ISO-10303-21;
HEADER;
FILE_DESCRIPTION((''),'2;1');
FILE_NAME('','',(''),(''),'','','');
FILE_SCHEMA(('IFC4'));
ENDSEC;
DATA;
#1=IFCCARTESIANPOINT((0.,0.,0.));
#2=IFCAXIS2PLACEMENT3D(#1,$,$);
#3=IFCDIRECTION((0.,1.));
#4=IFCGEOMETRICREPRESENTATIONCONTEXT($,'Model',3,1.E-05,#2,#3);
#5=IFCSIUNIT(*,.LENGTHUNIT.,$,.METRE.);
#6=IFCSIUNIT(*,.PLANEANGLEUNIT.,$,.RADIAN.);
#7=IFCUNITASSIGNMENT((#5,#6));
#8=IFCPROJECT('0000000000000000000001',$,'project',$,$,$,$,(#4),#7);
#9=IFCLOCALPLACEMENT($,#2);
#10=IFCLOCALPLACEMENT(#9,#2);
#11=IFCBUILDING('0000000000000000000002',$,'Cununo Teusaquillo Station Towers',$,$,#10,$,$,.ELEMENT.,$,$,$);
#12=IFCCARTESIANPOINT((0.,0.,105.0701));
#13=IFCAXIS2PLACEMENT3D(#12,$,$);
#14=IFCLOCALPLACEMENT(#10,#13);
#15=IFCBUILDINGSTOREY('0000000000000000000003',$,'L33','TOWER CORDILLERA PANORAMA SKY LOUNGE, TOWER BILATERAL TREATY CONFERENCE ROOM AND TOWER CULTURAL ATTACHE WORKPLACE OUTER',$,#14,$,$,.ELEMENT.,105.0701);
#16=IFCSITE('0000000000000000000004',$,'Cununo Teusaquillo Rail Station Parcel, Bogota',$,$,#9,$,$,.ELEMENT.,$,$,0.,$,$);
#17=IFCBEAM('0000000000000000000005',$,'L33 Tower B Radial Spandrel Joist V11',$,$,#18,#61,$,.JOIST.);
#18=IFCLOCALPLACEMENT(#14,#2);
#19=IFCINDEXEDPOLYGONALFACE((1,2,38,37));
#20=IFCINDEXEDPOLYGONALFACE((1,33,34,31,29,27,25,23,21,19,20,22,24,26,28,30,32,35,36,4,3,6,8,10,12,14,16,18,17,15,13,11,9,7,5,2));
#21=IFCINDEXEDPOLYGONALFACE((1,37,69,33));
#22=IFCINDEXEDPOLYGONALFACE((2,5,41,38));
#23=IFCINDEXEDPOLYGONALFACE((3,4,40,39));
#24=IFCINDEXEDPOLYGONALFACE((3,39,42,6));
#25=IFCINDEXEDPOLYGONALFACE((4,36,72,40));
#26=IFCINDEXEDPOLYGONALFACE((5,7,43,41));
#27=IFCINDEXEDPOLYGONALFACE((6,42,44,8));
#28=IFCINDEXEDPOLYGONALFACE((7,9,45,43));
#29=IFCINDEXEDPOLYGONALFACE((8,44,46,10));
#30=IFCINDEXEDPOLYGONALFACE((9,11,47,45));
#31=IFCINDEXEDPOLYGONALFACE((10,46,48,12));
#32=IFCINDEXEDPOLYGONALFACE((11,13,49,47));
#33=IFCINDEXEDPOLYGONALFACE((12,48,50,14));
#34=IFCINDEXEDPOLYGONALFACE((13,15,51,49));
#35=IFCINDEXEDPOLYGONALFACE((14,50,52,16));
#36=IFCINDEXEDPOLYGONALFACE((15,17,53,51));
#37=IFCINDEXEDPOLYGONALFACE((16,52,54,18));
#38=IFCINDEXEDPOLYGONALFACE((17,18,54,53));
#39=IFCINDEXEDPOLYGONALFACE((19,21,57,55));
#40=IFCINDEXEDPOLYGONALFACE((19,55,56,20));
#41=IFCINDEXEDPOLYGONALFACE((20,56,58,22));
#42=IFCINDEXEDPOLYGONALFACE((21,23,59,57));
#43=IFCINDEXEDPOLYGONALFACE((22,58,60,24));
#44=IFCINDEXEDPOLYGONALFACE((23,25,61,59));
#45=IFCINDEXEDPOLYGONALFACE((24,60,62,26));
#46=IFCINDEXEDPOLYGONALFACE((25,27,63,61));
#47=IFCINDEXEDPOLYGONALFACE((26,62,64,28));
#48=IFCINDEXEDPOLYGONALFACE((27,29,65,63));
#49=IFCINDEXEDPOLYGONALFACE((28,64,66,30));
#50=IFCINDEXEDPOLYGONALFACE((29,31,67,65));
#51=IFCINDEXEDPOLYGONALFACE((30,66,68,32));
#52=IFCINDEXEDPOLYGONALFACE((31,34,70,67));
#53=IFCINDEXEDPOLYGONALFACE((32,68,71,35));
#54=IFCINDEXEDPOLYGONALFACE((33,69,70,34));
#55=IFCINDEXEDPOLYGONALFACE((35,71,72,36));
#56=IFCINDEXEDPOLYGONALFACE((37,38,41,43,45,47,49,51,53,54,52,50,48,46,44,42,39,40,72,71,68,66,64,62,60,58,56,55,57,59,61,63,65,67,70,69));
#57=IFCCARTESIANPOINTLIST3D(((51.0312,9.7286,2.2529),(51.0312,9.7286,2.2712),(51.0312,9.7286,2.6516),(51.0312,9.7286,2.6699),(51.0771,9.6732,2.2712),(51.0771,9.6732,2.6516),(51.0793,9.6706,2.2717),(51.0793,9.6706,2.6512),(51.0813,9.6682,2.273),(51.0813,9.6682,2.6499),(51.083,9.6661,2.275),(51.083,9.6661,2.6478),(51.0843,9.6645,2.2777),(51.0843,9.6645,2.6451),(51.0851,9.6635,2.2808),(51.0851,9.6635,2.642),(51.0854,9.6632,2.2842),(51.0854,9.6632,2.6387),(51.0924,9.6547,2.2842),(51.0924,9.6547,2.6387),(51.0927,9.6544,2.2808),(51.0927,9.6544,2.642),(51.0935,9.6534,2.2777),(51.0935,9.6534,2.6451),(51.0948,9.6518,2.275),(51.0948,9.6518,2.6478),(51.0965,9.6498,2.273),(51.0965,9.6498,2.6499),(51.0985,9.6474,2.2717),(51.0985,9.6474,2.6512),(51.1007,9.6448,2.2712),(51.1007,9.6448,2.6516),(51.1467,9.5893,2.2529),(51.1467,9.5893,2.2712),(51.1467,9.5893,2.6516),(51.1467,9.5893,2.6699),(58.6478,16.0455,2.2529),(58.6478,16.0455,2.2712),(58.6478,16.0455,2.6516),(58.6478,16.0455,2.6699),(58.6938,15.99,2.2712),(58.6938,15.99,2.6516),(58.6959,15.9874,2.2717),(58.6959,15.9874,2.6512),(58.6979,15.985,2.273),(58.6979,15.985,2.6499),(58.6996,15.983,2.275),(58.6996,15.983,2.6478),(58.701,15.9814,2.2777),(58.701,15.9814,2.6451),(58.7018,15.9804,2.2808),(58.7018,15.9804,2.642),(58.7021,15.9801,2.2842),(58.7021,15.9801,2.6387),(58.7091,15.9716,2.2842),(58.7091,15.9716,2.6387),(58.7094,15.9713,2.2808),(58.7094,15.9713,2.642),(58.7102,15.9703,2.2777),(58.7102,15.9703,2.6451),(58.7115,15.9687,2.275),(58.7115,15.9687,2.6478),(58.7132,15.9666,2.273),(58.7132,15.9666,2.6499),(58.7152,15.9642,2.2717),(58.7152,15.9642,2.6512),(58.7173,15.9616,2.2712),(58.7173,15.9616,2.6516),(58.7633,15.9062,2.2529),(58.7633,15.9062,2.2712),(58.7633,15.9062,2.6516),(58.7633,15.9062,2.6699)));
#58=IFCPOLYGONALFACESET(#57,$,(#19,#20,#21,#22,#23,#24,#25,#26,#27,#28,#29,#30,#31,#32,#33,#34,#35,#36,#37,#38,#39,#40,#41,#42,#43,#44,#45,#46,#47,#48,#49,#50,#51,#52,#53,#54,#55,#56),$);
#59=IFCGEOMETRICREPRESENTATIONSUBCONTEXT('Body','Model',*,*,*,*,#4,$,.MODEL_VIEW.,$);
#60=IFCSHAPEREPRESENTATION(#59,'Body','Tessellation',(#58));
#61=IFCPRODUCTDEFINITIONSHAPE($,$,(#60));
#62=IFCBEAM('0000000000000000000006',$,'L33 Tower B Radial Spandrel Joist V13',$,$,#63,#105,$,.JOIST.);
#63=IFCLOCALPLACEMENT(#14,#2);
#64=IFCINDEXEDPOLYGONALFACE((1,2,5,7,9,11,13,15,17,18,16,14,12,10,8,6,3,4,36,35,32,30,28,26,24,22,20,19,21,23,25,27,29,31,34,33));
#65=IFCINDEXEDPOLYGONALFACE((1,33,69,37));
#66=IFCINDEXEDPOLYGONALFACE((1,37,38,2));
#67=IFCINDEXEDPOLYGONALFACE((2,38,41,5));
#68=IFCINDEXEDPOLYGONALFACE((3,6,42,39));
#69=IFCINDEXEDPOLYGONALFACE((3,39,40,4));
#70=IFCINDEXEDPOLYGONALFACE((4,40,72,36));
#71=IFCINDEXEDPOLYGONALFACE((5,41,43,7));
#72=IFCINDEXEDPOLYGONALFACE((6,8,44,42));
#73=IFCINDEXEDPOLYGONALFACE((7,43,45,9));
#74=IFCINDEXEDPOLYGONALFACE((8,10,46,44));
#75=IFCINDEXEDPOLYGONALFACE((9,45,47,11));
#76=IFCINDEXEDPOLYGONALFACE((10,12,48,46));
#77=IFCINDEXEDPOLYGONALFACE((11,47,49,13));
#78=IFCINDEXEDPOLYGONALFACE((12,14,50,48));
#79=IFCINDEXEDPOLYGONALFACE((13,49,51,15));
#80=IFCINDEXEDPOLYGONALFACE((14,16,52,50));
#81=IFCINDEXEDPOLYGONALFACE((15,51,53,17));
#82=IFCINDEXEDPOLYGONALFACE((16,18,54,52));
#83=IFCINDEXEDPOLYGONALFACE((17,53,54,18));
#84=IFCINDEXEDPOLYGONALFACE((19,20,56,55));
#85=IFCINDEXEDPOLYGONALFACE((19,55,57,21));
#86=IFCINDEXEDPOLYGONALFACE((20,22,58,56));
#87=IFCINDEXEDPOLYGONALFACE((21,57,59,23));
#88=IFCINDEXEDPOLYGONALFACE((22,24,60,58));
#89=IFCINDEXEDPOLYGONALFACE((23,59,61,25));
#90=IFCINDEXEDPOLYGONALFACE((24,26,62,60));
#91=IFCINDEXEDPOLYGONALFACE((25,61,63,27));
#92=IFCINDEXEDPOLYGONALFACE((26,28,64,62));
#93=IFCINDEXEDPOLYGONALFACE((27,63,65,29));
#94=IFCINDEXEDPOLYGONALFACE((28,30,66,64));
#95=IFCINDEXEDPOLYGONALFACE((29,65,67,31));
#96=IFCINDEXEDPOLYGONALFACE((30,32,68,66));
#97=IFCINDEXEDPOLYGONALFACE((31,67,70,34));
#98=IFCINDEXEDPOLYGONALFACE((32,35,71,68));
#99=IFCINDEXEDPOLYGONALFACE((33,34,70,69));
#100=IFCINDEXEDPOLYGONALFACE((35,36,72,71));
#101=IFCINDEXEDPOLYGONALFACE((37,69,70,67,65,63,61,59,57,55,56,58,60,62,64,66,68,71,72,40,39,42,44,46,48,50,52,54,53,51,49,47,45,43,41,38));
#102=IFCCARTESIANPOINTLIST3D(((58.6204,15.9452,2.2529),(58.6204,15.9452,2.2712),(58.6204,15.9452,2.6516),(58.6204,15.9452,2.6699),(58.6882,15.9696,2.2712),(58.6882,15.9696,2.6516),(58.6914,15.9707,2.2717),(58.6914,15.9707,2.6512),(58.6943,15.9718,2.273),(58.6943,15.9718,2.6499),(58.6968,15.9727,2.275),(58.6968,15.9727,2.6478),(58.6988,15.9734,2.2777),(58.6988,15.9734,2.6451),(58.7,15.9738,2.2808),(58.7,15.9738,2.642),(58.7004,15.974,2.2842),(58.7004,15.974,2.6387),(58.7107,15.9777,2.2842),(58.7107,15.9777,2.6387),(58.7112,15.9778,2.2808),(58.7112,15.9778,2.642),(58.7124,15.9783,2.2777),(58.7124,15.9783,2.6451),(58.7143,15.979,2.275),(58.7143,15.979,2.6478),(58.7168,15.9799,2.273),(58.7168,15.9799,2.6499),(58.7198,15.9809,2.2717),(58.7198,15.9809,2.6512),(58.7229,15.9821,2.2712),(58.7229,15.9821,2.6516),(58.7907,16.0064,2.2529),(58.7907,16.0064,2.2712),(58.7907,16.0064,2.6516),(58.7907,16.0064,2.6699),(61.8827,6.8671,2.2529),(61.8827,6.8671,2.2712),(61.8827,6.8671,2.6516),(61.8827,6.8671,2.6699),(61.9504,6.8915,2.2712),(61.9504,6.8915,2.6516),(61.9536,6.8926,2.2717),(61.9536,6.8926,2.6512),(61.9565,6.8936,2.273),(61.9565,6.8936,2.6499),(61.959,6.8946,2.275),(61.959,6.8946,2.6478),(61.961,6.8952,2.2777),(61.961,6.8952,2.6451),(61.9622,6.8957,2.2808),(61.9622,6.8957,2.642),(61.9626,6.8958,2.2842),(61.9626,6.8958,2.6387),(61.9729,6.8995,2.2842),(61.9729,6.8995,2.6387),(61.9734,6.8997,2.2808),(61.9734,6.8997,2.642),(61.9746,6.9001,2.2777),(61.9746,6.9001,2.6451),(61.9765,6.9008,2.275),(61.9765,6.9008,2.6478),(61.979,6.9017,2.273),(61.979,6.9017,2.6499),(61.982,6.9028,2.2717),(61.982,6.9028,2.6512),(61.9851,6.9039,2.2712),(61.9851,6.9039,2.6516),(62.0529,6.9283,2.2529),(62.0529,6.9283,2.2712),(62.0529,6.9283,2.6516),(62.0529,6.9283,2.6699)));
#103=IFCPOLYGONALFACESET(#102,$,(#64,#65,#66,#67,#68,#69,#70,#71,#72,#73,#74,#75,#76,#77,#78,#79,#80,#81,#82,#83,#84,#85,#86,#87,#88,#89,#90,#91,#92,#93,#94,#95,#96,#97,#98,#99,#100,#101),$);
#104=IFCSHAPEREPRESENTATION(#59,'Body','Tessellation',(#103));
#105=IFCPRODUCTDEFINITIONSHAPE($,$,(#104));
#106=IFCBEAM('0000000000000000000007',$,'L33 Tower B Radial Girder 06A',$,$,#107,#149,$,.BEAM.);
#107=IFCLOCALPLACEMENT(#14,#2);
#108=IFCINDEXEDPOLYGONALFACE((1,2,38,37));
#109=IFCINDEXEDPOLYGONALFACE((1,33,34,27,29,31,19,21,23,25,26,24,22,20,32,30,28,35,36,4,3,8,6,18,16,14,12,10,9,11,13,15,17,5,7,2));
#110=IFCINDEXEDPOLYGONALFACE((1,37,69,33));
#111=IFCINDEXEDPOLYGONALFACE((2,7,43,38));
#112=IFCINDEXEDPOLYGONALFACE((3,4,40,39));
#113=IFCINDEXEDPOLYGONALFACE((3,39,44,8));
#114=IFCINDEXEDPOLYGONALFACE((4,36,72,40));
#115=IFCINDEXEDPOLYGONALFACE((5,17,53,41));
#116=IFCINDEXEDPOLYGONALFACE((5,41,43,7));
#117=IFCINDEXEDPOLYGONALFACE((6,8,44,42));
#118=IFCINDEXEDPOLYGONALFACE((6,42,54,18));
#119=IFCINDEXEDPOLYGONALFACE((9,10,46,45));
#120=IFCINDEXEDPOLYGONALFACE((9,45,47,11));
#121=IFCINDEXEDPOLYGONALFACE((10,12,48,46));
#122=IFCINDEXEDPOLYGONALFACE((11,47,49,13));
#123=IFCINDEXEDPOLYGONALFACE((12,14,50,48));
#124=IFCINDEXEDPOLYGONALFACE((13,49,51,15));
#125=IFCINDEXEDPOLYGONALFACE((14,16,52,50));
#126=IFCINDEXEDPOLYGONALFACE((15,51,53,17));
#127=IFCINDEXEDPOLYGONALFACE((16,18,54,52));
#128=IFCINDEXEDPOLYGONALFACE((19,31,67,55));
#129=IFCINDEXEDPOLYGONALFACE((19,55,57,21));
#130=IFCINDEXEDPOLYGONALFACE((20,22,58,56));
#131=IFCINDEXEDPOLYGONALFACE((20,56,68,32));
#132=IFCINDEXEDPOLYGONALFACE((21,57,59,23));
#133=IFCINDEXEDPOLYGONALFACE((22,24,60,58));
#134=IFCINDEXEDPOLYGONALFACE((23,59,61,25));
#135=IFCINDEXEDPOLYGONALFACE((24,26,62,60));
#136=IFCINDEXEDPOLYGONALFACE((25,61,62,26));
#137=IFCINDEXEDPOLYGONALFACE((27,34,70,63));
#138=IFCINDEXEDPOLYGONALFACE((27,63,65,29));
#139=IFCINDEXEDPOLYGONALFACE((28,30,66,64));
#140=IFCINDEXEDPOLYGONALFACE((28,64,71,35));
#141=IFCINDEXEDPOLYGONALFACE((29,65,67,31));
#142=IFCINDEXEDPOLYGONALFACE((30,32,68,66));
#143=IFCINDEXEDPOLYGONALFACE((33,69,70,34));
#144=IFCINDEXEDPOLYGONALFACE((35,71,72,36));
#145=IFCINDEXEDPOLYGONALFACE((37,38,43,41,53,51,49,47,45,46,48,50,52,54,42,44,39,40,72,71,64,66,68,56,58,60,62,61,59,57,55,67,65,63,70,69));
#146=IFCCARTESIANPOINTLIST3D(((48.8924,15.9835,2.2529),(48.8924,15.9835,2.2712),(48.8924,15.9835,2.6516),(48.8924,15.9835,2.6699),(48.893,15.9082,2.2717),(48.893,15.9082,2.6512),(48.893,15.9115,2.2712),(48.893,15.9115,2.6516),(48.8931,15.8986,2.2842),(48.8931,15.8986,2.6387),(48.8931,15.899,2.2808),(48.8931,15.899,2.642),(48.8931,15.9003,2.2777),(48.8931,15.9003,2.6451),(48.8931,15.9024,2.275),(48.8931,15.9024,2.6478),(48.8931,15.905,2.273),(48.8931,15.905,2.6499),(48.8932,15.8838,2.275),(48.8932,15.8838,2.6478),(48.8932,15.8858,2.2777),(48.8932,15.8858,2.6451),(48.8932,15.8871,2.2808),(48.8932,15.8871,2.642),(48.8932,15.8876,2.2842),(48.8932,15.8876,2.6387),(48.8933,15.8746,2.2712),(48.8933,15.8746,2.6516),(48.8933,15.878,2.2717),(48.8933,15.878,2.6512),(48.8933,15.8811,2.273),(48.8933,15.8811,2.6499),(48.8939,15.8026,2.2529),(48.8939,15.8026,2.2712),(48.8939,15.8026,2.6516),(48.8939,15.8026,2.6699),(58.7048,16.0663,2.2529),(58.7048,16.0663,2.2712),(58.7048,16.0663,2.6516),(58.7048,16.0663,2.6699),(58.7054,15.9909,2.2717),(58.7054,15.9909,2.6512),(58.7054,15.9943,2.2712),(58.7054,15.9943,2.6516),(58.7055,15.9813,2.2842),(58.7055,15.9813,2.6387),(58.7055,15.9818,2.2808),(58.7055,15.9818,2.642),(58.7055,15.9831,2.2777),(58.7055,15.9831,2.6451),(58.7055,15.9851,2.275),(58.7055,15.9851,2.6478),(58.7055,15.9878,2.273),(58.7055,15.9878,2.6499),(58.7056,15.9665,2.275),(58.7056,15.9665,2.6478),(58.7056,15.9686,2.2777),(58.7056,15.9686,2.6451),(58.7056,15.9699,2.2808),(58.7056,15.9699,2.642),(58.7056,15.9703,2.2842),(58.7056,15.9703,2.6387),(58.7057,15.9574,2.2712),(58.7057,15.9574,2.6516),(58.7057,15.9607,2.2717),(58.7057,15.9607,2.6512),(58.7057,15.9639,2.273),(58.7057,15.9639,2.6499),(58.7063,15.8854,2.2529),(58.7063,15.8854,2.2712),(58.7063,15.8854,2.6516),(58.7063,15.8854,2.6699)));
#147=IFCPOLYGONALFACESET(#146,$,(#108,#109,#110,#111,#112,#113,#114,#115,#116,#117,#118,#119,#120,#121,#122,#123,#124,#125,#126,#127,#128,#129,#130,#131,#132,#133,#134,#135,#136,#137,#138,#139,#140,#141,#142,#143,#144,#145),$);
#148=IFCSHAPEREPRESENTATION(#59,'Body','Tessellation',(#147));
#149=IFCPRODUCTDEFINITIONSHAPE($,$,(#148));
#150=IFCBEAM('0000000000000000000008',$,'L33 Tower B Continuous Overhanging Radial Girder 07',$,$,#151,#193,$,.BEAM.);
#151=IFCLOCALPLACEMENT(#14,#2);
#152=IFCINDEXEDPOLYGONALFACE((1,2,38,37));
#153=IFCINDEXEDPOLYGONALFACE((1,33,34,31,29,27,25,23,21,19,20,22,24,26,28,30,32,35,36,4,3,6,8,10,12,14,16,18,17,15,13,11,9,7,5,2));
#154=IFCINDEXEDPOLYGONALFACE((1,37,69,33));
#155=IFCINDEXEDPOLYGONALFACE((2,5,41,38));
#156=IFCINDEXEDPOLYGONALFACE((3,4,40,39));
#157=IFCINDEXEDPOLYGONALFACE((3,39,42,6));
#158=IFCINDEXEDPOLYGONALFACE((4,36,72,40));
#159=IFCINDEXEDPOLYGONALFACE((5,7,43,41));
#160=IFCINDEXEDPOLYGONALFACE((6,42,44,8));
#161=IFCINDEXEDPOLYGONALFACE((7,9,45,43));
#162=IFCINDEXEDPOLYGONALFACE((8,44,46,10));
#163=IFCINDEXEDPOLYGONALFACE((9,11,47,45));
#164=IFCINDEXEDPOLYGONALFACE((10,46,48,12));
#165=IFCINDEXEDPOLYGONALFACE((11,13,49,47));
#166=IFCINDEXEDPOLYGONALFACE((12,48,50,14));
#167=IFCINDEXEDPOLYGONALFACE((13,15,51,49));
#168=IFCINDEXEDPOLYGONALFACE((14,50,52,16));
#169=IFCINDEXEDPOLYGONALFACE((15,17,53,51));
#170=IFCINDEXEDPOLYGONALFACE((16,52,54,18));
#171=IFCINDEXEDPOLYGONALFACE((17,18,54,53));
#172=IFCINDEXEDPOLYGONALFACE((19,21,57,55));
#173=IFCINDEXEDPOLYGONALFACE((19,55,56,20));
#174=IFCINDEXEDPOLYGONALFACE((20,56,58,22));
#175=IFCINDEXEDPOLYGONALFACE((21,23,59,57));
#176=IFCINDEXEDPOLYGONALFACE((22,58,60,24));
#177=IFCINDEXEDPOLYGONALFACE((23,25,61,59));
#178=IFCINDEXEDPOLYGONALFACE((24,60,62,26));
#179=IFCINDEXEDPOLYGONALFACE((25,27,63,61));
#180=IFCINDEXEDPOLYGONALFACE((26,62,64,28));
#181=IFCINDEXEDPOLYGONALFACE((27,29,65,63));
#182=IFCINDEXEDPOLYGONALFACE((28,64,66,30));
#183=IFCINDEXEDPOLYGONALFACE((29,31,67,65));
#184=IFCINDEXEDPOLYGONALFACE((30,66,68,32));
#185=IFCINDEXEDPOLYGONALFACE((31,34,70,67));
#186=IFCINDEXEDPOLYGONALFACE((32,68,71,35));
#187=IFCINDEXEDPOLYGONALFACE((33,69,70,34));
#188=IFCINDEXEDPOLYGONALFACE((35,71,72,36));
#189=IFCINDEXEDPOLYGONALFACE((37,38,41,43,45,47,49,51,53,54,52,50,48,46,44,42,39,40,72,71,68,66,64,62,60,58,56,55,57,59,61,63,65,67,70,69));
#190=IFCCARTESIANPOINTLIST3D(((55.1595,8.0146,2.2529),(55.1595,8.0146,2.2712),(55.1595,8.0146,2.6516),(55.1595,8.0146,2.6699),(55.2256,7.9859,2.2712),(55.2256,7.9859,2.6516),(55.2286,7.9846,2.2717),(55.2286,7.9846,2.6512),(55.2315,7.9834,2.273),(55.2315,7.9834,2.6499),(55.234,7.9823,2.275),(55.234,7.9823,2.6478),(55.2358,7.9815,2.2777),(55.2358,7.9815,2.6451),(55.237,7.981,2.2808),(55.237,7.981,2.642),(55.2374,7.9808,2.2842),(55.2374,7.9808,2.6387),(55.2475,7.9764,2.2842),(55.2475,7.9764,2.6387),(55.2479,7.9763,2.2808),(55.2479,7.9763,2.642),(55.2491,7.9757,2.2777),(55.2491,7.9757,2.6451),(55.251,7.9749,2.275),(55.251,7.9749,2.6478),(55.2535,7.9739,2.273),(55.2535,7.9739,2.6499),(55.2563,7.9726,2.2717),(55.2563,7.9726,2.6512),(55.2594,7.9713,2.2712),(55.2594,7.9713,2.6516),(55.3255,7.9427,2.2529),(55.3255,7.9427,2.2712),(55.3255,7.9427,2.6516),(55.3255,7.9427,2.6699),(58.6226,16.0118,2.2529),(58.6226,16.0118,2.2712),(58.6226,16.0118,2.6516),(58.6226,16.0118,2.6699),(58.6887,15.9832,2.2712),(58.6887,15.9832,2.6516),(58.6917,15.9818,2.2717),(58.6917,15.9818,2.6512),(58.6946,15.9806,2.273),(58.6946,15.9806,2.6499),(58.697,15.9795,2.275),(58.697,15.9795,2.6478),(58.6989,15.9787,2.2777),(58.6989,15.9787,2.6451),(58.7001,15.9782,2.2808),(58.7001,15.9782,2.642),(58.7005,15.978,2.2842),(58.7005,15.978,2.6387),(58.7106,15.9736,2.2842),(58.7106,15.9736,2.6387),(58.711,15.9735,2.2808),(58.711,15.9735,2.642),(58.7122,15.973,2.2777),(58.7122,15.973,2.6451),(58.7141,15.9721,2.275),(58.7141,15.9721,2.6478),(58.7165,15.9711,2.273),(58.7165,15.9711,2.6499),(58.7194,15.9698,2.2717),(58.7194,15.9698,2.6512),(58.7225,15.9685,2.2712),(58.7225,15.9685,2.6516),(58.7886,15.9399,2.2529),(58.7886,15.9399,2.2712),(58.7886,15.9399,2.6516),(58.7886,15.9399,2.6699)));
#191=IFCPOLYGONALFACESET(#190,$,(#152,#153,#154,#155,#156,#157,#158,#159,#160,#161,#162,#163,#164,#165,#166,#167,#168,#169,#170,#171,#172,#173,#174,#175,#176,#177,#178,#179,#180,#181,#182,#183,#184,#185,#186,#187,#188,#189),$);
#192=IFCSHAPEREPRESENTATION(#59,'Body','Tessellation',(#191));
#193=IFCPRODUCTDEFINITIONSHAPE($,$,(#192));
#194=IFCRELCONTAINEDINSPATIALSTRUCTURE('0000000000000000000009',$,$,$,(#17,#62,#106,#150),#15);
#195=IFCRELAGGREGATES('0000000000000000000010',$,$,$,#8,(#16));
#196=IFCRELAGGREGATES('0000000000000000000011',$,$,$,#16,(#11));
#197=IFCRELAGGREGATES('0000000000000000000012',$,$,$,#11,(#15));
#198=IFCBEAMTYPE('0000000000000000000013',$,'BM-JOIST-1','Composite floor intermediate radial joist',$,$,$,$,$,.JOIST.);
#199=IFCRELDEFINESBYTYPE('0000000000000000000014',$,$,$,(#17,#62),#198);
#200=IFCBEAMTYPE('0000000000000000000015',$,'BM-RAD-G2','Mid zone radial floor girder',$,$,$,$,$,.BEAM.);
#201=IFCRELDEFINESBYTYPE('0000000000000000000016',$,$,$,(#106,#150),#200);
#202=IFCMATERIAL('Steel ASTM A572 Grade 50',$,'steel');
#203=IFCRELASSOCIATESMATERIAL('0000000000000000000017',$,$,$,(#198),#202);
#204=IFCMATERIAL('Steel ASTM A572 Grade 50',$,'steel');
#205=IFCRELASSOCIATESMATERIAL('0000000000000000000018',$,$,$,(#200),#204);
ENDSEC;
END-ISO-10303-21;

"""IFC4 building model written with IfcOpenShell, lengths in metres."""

from ifc_helpers import new_model, si_unit, direction, frame, origin, origin_2d, place, context, subcontext, project, spatial, i_section, extrude, material, material_profile, profile_set, type_object, element, save


model = new_model("IFC4")

# Units and contexts
model_context = context("Model", 3, precision=1e-05, world=origin(), true_north=direction((0.0, 1.0)))
body_context = subcontext(model_context, "Body", "Model", "MODEL_VIEW")
ifc_project = project(units=[si_unit("LENGTHUNIT", "METRE"), si_unit("PLANEANGLEUNIT", "RADIAN")], contexts=[model_context])

# Site, building, storey
site_placement = place(None, origin())
site = spatial("IfcSite", under=ifc_project, at=site_placement, Name="Cununo Teusaquillo Rail Station Parcel, Bogota", CompositionType="ELEMENT", RefElevation=0.0)
building_placement = place(site_placement, origin())
building = spatial("IfcBuilding", under=site, at=building_placement, Name="Cununo Teusaquillo Station Towers", CompositionType="ELEMENT")
storey_placement = place(building_placement, frame((0.0, 0.0, 105.0701)))
storey = spatial("IfcBuildingStorey", under=building, at=storey_placement, Name="L33", Description="TOWER CORDILLERA PANORAMA SKY LOUNGE, TOWER BILATERAL TREATY CONFERENCE ROOM AND TOWER CULTURAL ATTACHE WORKPLACE OUTER", CompositionType="ELEMENT", Elevation=105.0701)

# Beams
ifc_material_1 = material(Name="Steel ASTM A572 Grade 50", Category="steel")
ifc_material_profile_1 = material_profile(ifc_material_1, i_section(OverallWidth=0.1809, OverallDepth=0.417, WebThickness=0.011, FlangeThickness=0.0183, FilletRadius=0.0129, at=origin_2d()), Name="W16X57")
ifc_profile_set_1 = profile_set([ifc_material_profile_1], Name="Steel ASTM A572 Grade 50")
beam_type_1 = type_object("IfcBeamType", Name="BM-JOIST-1", Description="Composite floor intermediate radial joist", PredefinedType="JOIST", material=ifc_profile_set_1)
beam_1_placement = place(storey_placement, frame((58.7056, 15.9758, 2.4614), z_axis=(-0.769728, -0.638372, 0.0), x_axis=(0.638372, -0.769728, 0.0)))
element("IfcBeam", 1, at=beam_1_placement, inside=storey, type_object=beam_type_1, Name="L33 Tower B Radial Spandrel Joist V11", PredefinedType="JOIST", context=body_context, shape_type="SweptSolid", body=[
    extrude(i_section(OverallWidth=0.1809, OverallDepth=0.417, WebThickness=0.011, FlangeThickness=0.0183, FilletRadius=0.0129, at=origin_2d()), origin(), (0.0, 0.0, 1.0), 9.8953),
])
beam_2_placement = place(storey_placement, frame((58.7056, 15.9758, 2.4614), z_axis=(0.338176, -0.941083, 0.0), x_axis=(0.941083, 0.338176, 0.0)))
element("IfcBeam", 2, at=beam_2_placement, inside=storey, type_object=beam_type_1, Name="L33 Tower B Radial Spandrel Joist V13", PredefinedType="JOIST", context=body_context, shape_type="SweptSolid", body=[
    extrude(i_section(OverallWidth=0.1809, OverallDepth=0.417, WebThickness=0.011, FlangeThickness=0.0183, FilletRadius=0.0129, at=origin_2d()), origin(), (0.0, 0.0, 1.0), 9.6465),
])
ifc_material_2 = material(Name="Steel ASTM A572 Grade 50", Category="steel")
ifc_material_profile_2 = material_profile(ifc_material_2, i_section(OverallWidth=0.1809, OverallDepth=0.417, WebThickness=0.011, FlangeThickness=0.0183, FilletRadius=0.0129, at=origin_2d()), Name="W16X57")
ifc_profile_set_2 = profile_set([ifc_material_profile_2], Name="Steel ASTM A572 Grade 50")
beam_type_2 = type_object("IfcBeamType", Name="BM-RAD-G2", Description="Mid zone radial floor girder", PredefinedType="BEAM", material=ifc_profile_set_2)
beam_3_placement = place(storey_placement, frame((58.7056, 15.9758, 2.4614), z_axis=(-0.999964, -0.008434, 0.0), x_axis=(0.008434, -0.999964, 0.0)))
element("IfcBeam", 3, at=beam_3_placement, inside=storey, type_object=beam_type_2, Name="L33 Tower B Radial Girder 06A", PredefinedType="BEAM", context=body_context, shape_type="SweptSolid", body=[
    extrude(i_section(OverallWidth=0.1809, OverallDepth=0.417, WebThickness=0.011, FlangeThickness=0.0183, FilletRadius=0.0129, at=origin_2d()), origin(), (0.0, 0.0, 1.0), 9.8127),
])
beam_4_placement = place(storey_placement, frame((58.7056, 15.9758, 2.4614), z_axis=(-0.397379, -0.917655, 0.0), x_axis=(0.917655, -0.397379, 0.0)))
element("IfcBeam", 4, at=beam_4_placement, inside=storey, type_object=beam_type_2, Name="L33 Tower B Continuous Overhanging Radial Girder 07", PredefinedType="BEAM", context=body_context, shape_type="SweptSolid", body=[
    extrude(i_section(OverallWidth=0.1809, OverallDepth=0.417, WebThickness=0.011, FlangeThickness=0.0183, FilletRadius=0.0129, at=origin_2d()), origin(), (0.0, 0.0, 1.0), 8.7148),
])

save(model, "model.ifc")
